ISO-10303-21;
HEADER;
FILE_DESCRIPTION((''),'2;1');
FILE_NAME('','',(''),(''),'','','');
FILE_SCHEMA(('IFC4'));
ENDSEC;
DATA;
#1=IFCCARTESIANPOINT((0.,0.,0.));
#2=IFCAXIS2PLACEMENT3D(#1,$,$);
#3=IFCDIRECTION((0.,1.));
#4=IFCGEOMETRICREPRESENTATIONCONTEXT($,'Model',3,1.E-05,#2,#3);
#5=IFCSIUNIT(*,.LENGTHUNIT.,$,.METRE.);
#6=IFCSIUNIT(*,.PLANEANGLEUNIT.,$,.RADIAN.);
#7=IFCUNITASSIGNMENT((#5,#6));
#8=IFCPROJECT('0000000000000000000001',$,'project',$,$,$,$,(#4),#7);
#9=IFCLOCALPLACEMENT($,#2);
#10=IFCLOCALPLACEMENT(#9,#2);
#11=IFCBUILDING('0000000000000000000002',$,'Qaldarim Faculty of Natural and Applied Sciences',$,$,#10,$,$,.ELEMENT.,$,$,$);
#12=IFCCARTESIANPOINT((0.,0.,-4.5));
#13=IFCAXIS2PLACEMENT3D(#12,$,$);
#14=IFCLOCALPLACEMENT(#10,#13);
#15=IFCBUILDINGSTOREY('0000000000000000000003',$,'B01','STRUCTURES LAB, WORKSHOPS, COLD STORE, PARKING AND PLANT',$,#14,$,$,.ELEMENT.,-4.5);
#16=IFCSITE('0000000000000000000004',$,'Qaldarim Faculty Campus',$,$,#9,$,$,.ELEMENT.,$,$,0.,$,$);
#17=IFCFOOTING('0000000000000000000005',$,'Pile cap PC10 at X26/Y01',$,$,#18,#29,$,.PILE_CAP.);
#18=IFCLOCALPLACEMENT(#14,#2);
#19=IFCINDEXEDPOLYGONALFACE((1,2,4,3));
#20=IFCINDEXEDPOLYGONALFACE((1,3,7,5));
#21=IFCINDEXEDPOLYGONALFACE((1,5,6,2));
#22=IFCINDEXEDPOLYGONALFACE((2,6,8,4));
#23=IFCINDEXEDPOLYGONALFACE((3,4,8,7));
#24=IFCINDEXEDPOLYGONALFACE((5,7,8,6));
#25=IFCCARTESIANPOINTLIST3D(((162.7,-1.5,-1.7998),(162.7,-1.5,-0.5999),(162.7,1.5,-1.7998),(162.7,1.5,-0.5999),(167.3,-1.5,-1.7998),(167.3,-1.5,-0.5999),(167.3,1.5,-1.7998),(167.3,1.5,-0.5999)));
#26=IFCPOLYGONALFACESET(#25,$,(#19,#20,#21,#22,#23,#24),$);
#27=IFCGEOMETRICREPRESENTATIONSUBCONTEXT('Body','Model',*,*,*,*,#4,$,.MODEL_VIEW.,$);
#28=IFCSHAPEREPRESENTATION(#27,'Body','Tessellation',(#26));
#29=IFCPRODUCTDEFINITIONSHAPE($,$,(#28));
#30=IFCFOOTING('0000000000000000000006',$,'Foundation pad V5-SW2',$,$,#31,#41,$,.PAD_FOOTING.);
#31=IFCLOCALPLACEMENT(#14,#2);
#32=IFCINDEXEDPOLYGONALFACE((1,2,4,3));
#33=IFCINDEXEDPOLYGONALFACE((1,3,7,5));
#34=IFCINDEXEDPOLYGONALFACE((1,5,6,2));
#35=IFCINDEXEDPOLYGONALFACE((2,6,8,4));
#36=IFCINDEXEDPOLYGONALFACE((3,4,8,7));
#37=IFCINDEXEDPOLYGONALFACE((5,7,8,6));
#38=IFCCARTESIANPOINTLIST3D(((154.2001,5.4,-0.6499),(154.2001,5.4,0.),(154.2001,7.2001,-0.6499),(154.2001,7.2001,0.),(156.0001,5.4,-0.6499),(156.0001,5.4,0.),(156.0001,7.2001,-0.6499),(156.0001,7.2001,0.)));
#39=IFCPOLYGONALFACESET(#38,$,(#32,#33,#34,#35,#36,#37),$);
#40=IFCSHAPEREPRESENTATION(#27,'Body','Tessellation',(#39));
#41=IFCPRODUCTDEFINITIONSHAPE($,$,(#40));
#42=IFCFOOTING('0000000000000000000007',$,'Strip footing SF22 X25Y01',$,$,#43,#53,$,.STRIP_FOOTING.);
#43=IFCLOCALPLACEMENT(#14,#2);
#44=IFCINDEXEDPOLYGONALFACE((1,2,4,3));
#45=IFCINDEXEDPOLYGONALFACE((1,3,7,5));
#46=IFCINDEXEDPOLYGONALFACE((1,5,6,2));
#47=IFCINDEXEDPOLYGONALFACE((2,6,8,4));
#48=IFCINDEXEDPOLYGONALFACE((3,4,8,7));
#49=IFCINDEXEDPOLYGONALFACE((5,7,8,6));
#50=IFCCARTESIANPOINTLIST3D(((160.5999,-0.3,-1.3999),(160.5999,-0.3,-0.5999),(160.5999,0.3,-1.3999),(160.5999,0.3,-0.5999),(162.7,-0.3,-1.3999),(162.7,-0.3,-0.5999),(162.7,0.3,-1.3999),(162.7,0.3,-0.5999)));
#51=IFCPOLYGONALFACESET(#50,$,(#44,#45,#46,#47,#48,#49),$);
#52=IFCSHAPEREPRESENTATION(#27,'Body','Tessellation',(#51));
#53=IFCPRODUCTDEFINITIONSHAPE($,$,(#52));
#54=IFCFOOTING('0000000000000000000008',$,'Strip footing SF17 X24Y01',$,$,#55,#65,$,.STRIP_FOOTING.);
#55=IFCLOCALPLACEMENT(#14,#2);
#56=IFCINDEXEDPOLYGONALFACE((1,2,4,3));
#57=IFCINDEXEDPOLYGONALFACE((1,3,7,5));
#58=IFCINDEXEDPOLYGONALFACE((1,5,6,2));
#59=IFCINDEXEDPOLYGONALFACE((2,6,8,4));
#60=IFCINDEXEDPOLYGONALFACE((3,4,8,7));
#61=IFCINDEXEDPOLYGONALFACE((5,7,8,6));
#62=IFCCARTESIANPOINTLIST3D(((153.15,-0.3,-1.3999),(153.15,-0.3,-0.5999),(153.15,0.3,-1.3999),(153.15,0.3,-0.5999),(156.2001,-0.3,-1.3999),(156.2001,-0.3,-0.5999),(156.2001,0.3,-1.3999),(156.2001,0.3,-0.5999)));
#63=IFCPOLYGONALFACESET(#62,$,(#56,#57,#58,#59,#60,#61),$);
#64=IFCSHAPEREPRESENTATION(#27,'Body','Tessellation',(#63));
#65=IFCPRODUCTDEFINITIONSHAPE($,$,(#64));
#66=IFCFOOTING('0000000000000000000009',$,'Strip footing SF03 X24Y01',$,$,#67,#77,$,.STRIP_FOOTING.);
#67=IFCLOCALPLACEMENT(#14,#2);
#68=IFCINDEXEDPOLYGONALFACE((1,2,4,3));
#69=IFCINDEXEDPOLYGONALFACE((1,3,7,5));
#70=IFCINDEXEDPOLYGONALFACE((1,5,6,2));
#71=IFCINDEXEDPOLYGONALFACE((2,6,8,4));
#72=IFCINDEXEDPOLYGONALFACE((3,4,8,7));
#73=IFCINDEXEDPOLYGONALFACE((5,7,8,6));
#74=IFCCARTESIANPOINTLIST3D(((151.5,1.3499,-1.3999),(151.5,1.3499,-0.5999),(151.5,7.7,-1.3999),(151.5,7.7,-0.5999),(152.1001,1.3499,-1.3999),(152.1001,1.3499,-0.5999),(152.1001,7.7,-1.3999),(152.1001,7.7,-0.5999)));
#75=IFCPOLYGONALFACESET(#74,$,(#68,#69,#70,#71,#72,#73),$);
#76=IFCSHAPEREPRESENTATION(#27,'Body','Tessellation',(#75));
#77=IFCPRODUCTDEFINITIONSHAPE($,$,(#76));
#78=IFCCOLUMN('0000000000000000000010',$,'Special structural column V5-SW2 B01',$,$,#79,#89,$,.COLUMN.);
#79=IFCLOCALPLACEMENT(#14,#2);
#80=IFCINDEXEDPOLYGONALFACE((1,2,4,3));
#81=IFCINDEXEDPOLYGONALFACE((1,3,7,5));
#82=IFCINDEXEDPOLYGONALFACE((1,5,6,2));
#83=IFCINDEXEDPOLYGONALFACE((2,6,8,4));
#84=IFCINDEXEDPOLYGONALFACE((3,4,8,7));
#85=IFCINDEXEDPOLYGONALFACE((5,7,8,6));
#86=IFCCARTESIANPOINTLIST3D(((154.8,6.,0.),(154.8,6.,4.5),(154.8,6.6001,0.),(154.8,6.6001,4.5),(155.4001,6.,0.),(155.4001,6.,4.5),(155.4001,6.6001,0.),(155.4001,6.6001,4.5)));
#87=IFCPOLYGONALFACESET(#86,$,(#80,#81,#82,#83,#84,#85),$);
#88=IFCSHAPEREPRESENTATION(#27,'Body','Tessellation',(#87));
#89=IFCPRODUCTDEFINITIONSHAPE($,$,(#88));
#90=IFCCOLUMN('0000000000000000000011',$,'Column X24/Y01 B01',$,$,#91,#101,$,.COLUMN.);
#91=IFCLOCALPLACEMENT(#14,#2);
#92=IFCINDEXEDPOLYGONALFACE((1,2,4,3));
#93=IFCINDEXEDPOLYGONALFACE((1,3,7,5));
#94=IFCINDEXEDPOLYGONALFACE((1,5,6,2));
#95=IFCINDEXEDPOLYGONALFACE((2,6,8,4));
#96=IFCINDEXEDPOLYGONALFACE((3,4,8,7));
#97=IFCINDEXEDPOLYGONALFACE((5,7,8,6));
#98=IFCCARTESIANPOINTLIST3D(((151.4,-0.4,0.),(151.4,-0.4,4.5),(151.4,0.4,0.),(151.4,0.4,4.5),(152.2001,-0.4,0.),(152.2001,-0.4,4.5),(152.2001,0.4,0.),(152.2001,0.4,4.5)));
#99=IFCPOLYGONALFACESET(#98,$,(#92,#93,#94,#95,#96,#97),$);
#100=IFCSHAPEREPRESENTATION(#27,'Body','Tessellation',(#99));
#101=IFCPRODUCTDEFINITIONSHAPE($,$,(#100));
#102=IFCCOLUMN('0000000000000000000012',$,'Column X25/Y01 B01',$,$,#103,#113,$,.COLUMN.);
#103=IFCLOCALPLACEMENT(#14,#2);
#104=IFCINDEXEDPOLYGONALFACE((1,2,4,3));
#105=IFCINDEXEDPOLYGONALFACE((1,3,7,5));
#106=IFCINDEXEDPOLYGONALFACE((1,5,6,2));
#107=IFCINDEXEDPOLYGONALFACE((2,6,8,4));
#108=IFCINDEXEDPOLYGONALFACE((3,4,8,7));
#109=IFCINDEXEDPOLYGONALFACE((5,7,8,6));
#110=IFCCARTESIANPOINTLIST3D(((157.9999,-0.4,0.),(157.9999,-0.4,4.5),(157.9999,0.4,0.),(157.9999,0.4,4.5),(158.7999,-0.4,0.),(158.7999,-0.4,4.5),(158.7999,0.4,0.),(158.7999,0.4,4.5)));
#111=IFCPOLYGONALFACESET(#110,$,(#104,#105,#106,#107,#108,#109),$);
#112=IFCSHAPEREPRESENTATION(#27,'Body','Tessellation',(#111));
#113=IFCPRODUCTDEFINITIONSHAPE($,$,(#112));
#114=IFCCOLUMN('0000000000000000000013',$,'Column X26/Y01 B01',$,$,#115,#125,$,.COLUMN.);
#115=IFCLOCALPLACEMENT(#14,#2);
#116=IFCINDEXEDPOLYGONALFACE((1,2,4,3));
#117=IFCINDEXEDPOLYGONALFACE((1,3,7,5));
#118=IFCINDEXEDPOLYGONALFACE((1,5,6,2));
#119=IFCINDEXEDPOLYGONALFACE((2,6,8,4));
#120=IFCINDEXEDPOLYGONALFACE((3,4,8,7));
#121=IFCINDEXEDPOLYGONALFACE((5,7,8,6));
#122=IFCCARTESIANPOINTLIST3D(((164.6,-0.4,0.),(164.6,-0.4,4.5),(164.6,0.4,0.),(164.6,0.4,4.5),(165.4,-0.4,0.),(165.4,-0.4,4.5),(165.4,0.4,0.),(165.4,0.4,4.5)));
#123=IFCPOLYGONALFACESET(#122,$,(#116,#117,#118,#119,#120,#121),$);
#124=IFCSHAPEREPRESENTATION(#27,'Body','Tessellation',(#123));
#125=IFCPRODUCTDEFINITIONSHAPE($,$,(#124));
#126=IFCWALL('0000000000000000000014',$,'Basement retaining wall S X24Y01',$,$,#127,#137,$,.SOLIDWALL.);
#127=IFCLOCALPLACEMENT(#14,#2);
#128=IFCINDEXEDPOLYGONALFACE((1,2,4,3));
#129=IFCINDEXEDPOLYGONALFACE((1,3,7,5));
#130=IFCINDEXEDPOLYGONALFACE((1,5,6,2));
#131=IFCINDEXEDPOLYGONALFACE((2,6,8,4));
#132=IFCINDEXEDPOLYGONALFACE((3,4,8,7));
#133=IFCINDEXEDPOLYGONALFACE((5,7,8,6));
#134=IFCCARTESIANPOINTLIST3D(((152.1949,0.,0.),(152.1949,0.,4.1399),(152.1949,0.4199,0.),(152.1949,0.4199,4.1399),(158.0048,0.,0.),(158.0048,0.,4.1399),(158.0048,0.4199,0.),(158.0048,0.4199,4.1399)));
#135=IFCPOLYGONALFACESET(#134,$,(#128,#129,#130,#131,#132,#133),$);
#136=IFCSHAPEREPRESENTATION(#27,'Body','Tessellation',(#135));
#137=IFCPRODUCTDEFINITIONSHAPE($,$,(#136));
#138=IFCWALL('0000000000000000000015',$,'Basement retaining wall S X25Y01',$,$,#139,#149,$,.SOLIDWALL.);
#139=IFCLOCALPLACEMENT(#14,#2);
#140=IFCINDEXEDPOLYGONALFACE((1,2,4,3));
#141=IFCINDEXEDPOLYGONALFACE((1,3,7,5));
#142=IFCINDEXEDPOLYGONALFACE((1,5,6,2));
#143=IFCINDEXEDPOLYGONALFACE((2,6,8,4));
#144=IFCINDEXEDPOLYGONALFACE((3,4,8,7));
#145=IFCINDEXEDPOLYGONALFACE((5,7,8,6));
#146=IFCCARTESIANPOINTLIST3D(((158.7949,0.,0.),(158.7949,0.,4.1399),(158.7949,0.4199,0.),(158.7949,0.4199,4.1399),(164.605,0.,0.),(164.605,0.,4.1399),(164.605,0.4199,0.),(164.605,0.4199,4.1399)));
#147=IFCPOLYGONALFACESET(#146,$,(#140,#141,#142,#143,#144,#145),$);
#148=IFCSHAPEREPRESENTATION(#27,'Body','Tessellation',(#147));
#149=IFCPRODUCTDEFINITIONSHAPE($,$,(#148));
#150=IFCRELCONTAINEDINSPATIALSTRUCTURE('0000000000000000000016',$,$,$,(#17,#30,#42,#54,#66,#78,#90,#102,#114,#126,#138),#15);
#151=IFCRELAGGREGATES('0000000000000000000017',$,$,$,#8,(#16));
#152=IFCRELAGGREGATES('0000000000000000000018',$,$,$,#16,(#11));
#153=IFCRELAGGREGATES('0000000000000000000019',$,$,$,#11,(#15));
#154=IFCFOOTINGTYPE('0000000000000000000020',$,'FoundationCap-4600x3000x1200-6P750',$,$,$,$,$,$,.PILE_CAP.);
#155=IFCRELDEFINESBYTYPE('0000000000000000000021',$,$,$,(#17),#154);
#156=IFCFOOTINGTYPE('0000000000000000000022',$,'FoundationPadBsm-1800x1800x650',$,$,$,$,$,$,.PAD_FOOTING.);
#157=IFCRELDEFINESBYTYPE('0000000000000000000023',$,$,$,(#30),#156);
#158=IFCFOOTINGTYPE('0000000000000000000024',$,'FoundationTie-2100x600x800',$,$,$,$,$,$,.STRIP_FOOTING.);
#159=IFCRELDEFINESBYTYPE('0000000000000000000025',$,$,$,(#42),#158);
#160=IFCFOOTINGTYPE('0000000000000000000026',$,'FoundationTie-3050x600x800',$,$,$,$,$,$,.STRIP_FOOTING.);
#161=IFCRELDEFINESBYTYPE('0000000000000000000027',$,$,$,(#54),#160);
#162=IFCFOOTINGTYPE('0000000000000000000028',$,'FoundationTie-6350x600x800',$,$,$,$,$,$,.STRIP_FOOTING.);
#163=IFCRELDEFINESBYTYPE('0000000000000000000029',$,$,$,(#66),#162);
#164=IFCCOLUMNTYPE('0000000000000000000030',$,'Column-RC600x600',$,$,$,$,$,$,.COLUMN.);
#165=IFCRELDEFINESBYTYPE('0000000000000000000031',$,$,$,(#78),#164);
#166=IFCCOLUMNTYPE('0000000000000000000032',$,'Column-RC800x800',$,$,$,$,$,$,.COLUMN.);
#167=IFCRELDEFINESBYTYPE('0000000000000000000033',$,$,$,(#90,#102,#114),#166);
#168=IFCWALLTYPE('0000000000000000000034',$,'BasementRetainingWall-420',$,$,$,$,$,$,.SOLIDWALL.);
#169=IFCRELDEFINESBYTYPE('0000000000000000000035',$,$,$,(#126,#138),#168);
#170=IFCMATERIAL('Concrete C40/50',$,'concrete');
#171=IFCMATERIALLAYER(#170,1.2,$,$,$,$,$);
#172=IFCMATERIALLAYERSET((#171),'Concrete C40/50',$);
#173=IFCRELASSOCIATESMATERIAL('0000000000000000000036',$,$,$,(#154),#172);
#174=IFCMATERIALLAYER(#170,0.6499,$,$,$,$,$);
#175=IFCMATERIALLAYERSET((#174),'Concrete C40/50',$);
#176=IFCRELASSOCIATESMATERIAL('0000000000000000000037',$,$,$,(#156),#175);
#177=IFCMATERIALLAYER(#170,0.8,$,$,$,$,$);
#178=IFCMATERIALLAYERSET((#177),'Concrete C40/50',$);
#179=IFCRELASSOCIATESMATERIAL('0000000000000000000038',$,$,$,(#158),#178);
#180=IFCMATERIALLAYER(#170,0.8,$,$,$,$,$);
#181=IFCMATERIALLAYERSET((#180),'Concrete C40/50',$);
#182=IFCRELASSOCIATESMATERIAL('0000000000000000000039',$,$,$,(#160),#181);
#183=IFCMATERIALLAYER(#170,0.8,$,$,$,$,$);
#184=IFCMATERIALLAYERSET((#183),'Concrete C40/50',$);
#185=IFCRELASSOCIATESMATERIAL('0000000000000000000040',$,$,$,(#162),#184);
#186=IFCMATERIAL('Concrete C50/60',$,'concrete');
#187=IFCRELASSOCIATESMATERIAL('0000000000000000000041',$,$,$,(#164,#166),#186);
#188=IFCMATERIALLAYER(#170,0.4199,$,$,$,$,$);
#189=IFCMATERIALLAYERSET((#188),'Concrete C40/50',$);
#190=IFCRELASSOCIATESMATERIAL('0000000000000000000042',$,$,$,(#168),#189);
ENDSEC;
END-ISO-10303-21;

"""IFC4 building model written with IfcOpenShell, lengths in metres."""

from ifc_helpers import new_model, si_unit, direction, frame, frame_2d, origin, origin_2d, place, context, subcontext, project, spatial, rectangle, extrude, material, layer, layer_set, material_profile, profile_set, type_object, element, save


model = new_model("IFC4")

# Units and contexts
model_context = context("Model", 3, precision=1e-05, world=origin(), true_north=direction((0.0, 1.0)))
body_context = subcontext(model_context, "Body", "Model", "MODEL_VIEW")
ifc_project = project(units=[si_unit("LENGTHUNIT", "METRE"), si_unit("PLANEANGLEUNIT", "RADIAN")], contexts=[model_context])

# Site, building, storey
site_placement = place(None, origin())
site = spatial("IfcSite", under=ifc_project, at=site_placement, Name="Qaldarim Faculty Campus", CompositionType="ELEMENT", RefElevation=0.0)
building_placement = place(site_placement, origin())
building = spatial("IfcBuilding", under=site, at=building_placement, Name="Qaldarim Faculty of Natural and Applied Sciences", CompositionType="ELEMENT")
storey_placement = place(building_placement, frame((0.0, 0.0, -4.5)))
storey = spatial("IfcBuildingStorey", under=building, at=storey_placement, Name="B01", Description="STRUCTURES LAB, WORKSHOPS, COLD STORE, PARKING AND PLANT", CompositionType="ELEMENT", Elevation=-4.5)

# Shared definitions
ifc_material_1 = material(Name="Concrete C40/50", Category="concrete")

# Footings
ifc_layer_1 = layer(ifc_material_1, 1.2)
ifc_layer_set_1 = layer_set([ifc_layer_1], Name="Concrete C40/50")
footing_type_1 = type_object("IfcFootingType", Name="FoundationCap-4600x3000x1200-6P750", PredefinedType="PILE_CAP", material=ifc_layer_set_1)
footing_1_placement = place(storey_placement, frame((165.0, 0.0, -1.7998), z_axis=(0.0, 0.0, 1.0), x_axis=(1.0, 0.0, 0.0)))
element("IfcFooting", 1, at=footing_1_placement, inside=storey, type_object=footing_type_1, Name="Pile cap PC10 at X26/Y01", PredefinedType="PILE_CAP", context=body_context, shape_type="SweptSolid", body=[
    extrude(rectangle(XDim=4.6001, YDim=3.0, at=origin_2d()), origin(), (0.0, 0.0, 1.0), 1.2),
])
ifc_layer_2 = layer(ifc_material_1, 0.6499)
ifc_layer_set_2 = layer_set([ifc_layer_2], Name="Concrete C40/50")
footing_type_2 = type_object("IfcFootingType", Name="FoundationPadBsm-1800x1800x650", PredefinedType="PAD_FOOTING", material=ifc_layer_set_2)
footing_2_placement = place(storey_placement, frame((155.1001, 6.3, -0.6499), z_axis=(0.0, 0.0, 1.0), x_axis=(1.0, 0.0, 0.0)))
element("IfcFooting", 2, at=footing_2_placement, inside=storey, type_object=footing_type_2, Name="Foundation pad V5-SW2", PredefinedType="PAD_FOOTING", context=body_context, shape_type="SweptSolid", body=[
    extrude(rectangle(XDim=1.8, YDim=1.8, at=origin_2d()), origin(), (0.0, 0.0, 1.0), 0.6499),
])
ifc_layer_3 = layer(ifc_material_1, 0.8)
ifc_layer_set_3 = layer_set([ifc_layer_3], Name="Concrete C40/50")
footing_type_3 = type_object("IfcFootingType", Name="FoundationTie-2100x600x800", PredefinedType="STRIP_FOOTING", material=ifc_layer_set_3)
footing_3_placement = place(storey_placement, frame((161.6499, 0.0, -1.3999), z_axis=(0.0, 0.0, 1.0), x_axis=(1.0, 0.0, 0.0)))
element("IfcFooting", 3, at=footing_3_placement, inside=storey, type_object=footing_type_3, Name="Strip footing SF22 X25Y01", PredefinedType="STRIP_FOOTING", context=body_context, shape_type="SweptSolid", body=[
    extrude(rectangle(XDim=2.1001, YDim=0.6001, at=origin_2d()), origin(), (0.0, 0.0, 1.0), 0.8),
])
ifc_layer_4 = layer(ifc_material_1, 0.8)
ifc_layer_set_4 = layer_set([ifc_layer_4], Name="Concrete C40/50")
footing_type_4 = type_object("IfcFootingType", Name="FoundationTie-3050x600x800", PredefinedType="STRIP_FOOTING", material=ifc_layer_set_4)
footing_4_placement = place(storey_placement, frame((154.675, 0.0, -1.3999), z_axis=(0.0, 0.0, 1.0), x_axis=(1.0, 0.0, 0.0)))
element("IfcFooting", 4, at=footing_4_placement, inside=storey, type_object=footing_type_4, Name="Strip footing SF17 X24Y01", PredefinedType="STRIP_FOOTING", context=body_context, shape_type="SweptSolid", body=[
    extrude(rectangle(XDim=3.05, YDim=0.6001, at=origin_2d()), origin(), (0.0, 0.0, 1.0), 0.8),
])
ifc_layer_5 = layer(ifc_material_1, 0.8)
ifc_layer_set_5 = layer_set([ifc_layer_5], Name="Concrete C40/50")
footing_type_5 = type_object("IfcFootingType", Name="FoundationTie-6350x600x800", PredefinedType="STRIP_FOOTING", material=ifc_layer_set_5)
footing_5_placement = place(storey_placement, frame((151.8, 4.5249, -1.3999), z_axis=(0.0, 0.0, 1.0), x_axis=(0.0, 1.0, 0.0)))
element("IfcFooting", 5, at=footing_5_placement, inside=storey, type_object=footing_type_5, Name="Strip footing SF03 X24Y01", PredefinedType="STRIP_FOOTING", context=body_context, shape_type="SweptSolid", body=[
    extrude(rectangle(XDim=6.3501, YDim=0.6001, at=origin_2d()), origin(), (0.0, 0.0, 1.0), 0.8),
])

# Columns
ifc_material_2 = material(Name="Concrete C50/60", Category="concrete")
ifc_material_profile_1 = material_profile(ifc_material_2, rectangle(XDim=0.6001, YDim=0.6001, at=origin_2d()), Name="RC-C600x600")
ifc_profile_set_1 = profile_set([ifc_material_profile_1], Name="Concrete C50/60")
column_type_1 = type_object("IfcColumnType", Name="Column-RC600x600", PredefinedType="COLUMN", material=ifc_profile_set_1)
column_placement = place(storey_placement, frame((155.1001, 6.3, 0.0), z_axis=(0.0, 0.0, 1.0), x_axis=(1.0, 0.0, 0.0)))
element("IfcColumn", 6, at=column_placement, inside=storey, type_object=column_type_1, Name="Special structural column V5-SW2 B01", PredefinedType="COLUMN", context=body_context, shape_type="SweptSolid", body=[
    extrude(rectangle(XDim=0.6001, YDim=0.6001, at=origin_2d()), origin(), (0.0, 0.0, 1.0), 4.5),
])
ifc_material_profile_2 = material_profile(ifc_material_2, rectangle(XDim=0.8, YDim=0.8, at=origin_2d()), Name="RC-C800x800")
ifc_profile_set_2 = profile_set([ifc_material_profile_2], Name="Concrete C50/60")
column_type_2 = type_object("IfcColumnType", Name="Column-RC800x800", PredefinedType="COLUMN", material=ifc_profile_set_2)
for number, where, z_axis, x_axis, name in (
    (7, (151.8, 0.0, 0.0), (0.0, 0.0, 1.0), (1.0, 0.0, 0.0), "Column X24/Y01 B01"),
    (8, (158.3999, 0.0, 0.0), (0.0, 0.0, 1.0), (1.0, 0.0, 0.0), "Column X25/Y01 B01"),
    (9, (165.0, 0.0, 0.0), (0.0, 0.0, 1.0), (1.0, 0.0, 0.0), "Column X26/Y01 B01"),
):
    element("IfcColumn", number, at=place(storey_placement, frame(where, z_axis=z_axis, x_axis=x_axis)), inside=storey, type_object=column_type_2, Name=name, PredefinedType="COLUMN", context=body_context, shape_type="SweptSolid", body=[
        extrude(rectangle(XDim=0.8, YDim=0.8, at=origin_2d()), origin(), (0.0, 0.0, 1.0), 4.5),
    ])

# Walls
ifc_layer_6 = layer(ifc_material_1, 0.4199)
ifc_layer_set_6 = layer_set([ifc_layer_6], Name="Concrete C40/50")
wall_type = type_object("IfcWallType", Name="BasementRetainingWall-420", PredefinedType="SOLIDWALL", material=ifc_layer_set_6)
wall_1_placement = place(storey_placement, frame((152.1951, 0.21, 0.0), z_axis=(0.0, 0.0, 1.0), x_axis=(1.0, 0.0, 0.0)))
element("IfcWall", 10, at=wall_1_placement, inside=storey, type_object=wall_type, Name="Basement retaining wall S X24Y01", PredefinedType="SOLIDWALL", context=body_context, shape_type="SweptSolid", body=[
    extrude(rectangle(XDim=5.8098, YDim=0.4199, at=frame_2d((2.9048, 0.0))), origin(), (0.0, 0.0, 1.0), 4.1399),
])
wall_2_placement = place(storey_placement, frame((158.7949, 0.21, 0.0), z_axis=(0.0, 0.0, 1.0), x_axis=(1.0, 0.0, 0.0)))
element("IfcWall", 11, at=wall_2_placement, inside=storey, type_object=wall_type, Name="Basement retaining wall S X25Y01", PredefinedType="SOLIDWALL", context=body_context, shape_type="SweptSolid", body=[
    extrude(rectangle(XDim=5.8101, YDim=0.4199, at=frame_2d((2.905, 0.0))), origin(), (0.0, 0.0, 1.0), 4.1399),
])

save(model, "model.ifc")
